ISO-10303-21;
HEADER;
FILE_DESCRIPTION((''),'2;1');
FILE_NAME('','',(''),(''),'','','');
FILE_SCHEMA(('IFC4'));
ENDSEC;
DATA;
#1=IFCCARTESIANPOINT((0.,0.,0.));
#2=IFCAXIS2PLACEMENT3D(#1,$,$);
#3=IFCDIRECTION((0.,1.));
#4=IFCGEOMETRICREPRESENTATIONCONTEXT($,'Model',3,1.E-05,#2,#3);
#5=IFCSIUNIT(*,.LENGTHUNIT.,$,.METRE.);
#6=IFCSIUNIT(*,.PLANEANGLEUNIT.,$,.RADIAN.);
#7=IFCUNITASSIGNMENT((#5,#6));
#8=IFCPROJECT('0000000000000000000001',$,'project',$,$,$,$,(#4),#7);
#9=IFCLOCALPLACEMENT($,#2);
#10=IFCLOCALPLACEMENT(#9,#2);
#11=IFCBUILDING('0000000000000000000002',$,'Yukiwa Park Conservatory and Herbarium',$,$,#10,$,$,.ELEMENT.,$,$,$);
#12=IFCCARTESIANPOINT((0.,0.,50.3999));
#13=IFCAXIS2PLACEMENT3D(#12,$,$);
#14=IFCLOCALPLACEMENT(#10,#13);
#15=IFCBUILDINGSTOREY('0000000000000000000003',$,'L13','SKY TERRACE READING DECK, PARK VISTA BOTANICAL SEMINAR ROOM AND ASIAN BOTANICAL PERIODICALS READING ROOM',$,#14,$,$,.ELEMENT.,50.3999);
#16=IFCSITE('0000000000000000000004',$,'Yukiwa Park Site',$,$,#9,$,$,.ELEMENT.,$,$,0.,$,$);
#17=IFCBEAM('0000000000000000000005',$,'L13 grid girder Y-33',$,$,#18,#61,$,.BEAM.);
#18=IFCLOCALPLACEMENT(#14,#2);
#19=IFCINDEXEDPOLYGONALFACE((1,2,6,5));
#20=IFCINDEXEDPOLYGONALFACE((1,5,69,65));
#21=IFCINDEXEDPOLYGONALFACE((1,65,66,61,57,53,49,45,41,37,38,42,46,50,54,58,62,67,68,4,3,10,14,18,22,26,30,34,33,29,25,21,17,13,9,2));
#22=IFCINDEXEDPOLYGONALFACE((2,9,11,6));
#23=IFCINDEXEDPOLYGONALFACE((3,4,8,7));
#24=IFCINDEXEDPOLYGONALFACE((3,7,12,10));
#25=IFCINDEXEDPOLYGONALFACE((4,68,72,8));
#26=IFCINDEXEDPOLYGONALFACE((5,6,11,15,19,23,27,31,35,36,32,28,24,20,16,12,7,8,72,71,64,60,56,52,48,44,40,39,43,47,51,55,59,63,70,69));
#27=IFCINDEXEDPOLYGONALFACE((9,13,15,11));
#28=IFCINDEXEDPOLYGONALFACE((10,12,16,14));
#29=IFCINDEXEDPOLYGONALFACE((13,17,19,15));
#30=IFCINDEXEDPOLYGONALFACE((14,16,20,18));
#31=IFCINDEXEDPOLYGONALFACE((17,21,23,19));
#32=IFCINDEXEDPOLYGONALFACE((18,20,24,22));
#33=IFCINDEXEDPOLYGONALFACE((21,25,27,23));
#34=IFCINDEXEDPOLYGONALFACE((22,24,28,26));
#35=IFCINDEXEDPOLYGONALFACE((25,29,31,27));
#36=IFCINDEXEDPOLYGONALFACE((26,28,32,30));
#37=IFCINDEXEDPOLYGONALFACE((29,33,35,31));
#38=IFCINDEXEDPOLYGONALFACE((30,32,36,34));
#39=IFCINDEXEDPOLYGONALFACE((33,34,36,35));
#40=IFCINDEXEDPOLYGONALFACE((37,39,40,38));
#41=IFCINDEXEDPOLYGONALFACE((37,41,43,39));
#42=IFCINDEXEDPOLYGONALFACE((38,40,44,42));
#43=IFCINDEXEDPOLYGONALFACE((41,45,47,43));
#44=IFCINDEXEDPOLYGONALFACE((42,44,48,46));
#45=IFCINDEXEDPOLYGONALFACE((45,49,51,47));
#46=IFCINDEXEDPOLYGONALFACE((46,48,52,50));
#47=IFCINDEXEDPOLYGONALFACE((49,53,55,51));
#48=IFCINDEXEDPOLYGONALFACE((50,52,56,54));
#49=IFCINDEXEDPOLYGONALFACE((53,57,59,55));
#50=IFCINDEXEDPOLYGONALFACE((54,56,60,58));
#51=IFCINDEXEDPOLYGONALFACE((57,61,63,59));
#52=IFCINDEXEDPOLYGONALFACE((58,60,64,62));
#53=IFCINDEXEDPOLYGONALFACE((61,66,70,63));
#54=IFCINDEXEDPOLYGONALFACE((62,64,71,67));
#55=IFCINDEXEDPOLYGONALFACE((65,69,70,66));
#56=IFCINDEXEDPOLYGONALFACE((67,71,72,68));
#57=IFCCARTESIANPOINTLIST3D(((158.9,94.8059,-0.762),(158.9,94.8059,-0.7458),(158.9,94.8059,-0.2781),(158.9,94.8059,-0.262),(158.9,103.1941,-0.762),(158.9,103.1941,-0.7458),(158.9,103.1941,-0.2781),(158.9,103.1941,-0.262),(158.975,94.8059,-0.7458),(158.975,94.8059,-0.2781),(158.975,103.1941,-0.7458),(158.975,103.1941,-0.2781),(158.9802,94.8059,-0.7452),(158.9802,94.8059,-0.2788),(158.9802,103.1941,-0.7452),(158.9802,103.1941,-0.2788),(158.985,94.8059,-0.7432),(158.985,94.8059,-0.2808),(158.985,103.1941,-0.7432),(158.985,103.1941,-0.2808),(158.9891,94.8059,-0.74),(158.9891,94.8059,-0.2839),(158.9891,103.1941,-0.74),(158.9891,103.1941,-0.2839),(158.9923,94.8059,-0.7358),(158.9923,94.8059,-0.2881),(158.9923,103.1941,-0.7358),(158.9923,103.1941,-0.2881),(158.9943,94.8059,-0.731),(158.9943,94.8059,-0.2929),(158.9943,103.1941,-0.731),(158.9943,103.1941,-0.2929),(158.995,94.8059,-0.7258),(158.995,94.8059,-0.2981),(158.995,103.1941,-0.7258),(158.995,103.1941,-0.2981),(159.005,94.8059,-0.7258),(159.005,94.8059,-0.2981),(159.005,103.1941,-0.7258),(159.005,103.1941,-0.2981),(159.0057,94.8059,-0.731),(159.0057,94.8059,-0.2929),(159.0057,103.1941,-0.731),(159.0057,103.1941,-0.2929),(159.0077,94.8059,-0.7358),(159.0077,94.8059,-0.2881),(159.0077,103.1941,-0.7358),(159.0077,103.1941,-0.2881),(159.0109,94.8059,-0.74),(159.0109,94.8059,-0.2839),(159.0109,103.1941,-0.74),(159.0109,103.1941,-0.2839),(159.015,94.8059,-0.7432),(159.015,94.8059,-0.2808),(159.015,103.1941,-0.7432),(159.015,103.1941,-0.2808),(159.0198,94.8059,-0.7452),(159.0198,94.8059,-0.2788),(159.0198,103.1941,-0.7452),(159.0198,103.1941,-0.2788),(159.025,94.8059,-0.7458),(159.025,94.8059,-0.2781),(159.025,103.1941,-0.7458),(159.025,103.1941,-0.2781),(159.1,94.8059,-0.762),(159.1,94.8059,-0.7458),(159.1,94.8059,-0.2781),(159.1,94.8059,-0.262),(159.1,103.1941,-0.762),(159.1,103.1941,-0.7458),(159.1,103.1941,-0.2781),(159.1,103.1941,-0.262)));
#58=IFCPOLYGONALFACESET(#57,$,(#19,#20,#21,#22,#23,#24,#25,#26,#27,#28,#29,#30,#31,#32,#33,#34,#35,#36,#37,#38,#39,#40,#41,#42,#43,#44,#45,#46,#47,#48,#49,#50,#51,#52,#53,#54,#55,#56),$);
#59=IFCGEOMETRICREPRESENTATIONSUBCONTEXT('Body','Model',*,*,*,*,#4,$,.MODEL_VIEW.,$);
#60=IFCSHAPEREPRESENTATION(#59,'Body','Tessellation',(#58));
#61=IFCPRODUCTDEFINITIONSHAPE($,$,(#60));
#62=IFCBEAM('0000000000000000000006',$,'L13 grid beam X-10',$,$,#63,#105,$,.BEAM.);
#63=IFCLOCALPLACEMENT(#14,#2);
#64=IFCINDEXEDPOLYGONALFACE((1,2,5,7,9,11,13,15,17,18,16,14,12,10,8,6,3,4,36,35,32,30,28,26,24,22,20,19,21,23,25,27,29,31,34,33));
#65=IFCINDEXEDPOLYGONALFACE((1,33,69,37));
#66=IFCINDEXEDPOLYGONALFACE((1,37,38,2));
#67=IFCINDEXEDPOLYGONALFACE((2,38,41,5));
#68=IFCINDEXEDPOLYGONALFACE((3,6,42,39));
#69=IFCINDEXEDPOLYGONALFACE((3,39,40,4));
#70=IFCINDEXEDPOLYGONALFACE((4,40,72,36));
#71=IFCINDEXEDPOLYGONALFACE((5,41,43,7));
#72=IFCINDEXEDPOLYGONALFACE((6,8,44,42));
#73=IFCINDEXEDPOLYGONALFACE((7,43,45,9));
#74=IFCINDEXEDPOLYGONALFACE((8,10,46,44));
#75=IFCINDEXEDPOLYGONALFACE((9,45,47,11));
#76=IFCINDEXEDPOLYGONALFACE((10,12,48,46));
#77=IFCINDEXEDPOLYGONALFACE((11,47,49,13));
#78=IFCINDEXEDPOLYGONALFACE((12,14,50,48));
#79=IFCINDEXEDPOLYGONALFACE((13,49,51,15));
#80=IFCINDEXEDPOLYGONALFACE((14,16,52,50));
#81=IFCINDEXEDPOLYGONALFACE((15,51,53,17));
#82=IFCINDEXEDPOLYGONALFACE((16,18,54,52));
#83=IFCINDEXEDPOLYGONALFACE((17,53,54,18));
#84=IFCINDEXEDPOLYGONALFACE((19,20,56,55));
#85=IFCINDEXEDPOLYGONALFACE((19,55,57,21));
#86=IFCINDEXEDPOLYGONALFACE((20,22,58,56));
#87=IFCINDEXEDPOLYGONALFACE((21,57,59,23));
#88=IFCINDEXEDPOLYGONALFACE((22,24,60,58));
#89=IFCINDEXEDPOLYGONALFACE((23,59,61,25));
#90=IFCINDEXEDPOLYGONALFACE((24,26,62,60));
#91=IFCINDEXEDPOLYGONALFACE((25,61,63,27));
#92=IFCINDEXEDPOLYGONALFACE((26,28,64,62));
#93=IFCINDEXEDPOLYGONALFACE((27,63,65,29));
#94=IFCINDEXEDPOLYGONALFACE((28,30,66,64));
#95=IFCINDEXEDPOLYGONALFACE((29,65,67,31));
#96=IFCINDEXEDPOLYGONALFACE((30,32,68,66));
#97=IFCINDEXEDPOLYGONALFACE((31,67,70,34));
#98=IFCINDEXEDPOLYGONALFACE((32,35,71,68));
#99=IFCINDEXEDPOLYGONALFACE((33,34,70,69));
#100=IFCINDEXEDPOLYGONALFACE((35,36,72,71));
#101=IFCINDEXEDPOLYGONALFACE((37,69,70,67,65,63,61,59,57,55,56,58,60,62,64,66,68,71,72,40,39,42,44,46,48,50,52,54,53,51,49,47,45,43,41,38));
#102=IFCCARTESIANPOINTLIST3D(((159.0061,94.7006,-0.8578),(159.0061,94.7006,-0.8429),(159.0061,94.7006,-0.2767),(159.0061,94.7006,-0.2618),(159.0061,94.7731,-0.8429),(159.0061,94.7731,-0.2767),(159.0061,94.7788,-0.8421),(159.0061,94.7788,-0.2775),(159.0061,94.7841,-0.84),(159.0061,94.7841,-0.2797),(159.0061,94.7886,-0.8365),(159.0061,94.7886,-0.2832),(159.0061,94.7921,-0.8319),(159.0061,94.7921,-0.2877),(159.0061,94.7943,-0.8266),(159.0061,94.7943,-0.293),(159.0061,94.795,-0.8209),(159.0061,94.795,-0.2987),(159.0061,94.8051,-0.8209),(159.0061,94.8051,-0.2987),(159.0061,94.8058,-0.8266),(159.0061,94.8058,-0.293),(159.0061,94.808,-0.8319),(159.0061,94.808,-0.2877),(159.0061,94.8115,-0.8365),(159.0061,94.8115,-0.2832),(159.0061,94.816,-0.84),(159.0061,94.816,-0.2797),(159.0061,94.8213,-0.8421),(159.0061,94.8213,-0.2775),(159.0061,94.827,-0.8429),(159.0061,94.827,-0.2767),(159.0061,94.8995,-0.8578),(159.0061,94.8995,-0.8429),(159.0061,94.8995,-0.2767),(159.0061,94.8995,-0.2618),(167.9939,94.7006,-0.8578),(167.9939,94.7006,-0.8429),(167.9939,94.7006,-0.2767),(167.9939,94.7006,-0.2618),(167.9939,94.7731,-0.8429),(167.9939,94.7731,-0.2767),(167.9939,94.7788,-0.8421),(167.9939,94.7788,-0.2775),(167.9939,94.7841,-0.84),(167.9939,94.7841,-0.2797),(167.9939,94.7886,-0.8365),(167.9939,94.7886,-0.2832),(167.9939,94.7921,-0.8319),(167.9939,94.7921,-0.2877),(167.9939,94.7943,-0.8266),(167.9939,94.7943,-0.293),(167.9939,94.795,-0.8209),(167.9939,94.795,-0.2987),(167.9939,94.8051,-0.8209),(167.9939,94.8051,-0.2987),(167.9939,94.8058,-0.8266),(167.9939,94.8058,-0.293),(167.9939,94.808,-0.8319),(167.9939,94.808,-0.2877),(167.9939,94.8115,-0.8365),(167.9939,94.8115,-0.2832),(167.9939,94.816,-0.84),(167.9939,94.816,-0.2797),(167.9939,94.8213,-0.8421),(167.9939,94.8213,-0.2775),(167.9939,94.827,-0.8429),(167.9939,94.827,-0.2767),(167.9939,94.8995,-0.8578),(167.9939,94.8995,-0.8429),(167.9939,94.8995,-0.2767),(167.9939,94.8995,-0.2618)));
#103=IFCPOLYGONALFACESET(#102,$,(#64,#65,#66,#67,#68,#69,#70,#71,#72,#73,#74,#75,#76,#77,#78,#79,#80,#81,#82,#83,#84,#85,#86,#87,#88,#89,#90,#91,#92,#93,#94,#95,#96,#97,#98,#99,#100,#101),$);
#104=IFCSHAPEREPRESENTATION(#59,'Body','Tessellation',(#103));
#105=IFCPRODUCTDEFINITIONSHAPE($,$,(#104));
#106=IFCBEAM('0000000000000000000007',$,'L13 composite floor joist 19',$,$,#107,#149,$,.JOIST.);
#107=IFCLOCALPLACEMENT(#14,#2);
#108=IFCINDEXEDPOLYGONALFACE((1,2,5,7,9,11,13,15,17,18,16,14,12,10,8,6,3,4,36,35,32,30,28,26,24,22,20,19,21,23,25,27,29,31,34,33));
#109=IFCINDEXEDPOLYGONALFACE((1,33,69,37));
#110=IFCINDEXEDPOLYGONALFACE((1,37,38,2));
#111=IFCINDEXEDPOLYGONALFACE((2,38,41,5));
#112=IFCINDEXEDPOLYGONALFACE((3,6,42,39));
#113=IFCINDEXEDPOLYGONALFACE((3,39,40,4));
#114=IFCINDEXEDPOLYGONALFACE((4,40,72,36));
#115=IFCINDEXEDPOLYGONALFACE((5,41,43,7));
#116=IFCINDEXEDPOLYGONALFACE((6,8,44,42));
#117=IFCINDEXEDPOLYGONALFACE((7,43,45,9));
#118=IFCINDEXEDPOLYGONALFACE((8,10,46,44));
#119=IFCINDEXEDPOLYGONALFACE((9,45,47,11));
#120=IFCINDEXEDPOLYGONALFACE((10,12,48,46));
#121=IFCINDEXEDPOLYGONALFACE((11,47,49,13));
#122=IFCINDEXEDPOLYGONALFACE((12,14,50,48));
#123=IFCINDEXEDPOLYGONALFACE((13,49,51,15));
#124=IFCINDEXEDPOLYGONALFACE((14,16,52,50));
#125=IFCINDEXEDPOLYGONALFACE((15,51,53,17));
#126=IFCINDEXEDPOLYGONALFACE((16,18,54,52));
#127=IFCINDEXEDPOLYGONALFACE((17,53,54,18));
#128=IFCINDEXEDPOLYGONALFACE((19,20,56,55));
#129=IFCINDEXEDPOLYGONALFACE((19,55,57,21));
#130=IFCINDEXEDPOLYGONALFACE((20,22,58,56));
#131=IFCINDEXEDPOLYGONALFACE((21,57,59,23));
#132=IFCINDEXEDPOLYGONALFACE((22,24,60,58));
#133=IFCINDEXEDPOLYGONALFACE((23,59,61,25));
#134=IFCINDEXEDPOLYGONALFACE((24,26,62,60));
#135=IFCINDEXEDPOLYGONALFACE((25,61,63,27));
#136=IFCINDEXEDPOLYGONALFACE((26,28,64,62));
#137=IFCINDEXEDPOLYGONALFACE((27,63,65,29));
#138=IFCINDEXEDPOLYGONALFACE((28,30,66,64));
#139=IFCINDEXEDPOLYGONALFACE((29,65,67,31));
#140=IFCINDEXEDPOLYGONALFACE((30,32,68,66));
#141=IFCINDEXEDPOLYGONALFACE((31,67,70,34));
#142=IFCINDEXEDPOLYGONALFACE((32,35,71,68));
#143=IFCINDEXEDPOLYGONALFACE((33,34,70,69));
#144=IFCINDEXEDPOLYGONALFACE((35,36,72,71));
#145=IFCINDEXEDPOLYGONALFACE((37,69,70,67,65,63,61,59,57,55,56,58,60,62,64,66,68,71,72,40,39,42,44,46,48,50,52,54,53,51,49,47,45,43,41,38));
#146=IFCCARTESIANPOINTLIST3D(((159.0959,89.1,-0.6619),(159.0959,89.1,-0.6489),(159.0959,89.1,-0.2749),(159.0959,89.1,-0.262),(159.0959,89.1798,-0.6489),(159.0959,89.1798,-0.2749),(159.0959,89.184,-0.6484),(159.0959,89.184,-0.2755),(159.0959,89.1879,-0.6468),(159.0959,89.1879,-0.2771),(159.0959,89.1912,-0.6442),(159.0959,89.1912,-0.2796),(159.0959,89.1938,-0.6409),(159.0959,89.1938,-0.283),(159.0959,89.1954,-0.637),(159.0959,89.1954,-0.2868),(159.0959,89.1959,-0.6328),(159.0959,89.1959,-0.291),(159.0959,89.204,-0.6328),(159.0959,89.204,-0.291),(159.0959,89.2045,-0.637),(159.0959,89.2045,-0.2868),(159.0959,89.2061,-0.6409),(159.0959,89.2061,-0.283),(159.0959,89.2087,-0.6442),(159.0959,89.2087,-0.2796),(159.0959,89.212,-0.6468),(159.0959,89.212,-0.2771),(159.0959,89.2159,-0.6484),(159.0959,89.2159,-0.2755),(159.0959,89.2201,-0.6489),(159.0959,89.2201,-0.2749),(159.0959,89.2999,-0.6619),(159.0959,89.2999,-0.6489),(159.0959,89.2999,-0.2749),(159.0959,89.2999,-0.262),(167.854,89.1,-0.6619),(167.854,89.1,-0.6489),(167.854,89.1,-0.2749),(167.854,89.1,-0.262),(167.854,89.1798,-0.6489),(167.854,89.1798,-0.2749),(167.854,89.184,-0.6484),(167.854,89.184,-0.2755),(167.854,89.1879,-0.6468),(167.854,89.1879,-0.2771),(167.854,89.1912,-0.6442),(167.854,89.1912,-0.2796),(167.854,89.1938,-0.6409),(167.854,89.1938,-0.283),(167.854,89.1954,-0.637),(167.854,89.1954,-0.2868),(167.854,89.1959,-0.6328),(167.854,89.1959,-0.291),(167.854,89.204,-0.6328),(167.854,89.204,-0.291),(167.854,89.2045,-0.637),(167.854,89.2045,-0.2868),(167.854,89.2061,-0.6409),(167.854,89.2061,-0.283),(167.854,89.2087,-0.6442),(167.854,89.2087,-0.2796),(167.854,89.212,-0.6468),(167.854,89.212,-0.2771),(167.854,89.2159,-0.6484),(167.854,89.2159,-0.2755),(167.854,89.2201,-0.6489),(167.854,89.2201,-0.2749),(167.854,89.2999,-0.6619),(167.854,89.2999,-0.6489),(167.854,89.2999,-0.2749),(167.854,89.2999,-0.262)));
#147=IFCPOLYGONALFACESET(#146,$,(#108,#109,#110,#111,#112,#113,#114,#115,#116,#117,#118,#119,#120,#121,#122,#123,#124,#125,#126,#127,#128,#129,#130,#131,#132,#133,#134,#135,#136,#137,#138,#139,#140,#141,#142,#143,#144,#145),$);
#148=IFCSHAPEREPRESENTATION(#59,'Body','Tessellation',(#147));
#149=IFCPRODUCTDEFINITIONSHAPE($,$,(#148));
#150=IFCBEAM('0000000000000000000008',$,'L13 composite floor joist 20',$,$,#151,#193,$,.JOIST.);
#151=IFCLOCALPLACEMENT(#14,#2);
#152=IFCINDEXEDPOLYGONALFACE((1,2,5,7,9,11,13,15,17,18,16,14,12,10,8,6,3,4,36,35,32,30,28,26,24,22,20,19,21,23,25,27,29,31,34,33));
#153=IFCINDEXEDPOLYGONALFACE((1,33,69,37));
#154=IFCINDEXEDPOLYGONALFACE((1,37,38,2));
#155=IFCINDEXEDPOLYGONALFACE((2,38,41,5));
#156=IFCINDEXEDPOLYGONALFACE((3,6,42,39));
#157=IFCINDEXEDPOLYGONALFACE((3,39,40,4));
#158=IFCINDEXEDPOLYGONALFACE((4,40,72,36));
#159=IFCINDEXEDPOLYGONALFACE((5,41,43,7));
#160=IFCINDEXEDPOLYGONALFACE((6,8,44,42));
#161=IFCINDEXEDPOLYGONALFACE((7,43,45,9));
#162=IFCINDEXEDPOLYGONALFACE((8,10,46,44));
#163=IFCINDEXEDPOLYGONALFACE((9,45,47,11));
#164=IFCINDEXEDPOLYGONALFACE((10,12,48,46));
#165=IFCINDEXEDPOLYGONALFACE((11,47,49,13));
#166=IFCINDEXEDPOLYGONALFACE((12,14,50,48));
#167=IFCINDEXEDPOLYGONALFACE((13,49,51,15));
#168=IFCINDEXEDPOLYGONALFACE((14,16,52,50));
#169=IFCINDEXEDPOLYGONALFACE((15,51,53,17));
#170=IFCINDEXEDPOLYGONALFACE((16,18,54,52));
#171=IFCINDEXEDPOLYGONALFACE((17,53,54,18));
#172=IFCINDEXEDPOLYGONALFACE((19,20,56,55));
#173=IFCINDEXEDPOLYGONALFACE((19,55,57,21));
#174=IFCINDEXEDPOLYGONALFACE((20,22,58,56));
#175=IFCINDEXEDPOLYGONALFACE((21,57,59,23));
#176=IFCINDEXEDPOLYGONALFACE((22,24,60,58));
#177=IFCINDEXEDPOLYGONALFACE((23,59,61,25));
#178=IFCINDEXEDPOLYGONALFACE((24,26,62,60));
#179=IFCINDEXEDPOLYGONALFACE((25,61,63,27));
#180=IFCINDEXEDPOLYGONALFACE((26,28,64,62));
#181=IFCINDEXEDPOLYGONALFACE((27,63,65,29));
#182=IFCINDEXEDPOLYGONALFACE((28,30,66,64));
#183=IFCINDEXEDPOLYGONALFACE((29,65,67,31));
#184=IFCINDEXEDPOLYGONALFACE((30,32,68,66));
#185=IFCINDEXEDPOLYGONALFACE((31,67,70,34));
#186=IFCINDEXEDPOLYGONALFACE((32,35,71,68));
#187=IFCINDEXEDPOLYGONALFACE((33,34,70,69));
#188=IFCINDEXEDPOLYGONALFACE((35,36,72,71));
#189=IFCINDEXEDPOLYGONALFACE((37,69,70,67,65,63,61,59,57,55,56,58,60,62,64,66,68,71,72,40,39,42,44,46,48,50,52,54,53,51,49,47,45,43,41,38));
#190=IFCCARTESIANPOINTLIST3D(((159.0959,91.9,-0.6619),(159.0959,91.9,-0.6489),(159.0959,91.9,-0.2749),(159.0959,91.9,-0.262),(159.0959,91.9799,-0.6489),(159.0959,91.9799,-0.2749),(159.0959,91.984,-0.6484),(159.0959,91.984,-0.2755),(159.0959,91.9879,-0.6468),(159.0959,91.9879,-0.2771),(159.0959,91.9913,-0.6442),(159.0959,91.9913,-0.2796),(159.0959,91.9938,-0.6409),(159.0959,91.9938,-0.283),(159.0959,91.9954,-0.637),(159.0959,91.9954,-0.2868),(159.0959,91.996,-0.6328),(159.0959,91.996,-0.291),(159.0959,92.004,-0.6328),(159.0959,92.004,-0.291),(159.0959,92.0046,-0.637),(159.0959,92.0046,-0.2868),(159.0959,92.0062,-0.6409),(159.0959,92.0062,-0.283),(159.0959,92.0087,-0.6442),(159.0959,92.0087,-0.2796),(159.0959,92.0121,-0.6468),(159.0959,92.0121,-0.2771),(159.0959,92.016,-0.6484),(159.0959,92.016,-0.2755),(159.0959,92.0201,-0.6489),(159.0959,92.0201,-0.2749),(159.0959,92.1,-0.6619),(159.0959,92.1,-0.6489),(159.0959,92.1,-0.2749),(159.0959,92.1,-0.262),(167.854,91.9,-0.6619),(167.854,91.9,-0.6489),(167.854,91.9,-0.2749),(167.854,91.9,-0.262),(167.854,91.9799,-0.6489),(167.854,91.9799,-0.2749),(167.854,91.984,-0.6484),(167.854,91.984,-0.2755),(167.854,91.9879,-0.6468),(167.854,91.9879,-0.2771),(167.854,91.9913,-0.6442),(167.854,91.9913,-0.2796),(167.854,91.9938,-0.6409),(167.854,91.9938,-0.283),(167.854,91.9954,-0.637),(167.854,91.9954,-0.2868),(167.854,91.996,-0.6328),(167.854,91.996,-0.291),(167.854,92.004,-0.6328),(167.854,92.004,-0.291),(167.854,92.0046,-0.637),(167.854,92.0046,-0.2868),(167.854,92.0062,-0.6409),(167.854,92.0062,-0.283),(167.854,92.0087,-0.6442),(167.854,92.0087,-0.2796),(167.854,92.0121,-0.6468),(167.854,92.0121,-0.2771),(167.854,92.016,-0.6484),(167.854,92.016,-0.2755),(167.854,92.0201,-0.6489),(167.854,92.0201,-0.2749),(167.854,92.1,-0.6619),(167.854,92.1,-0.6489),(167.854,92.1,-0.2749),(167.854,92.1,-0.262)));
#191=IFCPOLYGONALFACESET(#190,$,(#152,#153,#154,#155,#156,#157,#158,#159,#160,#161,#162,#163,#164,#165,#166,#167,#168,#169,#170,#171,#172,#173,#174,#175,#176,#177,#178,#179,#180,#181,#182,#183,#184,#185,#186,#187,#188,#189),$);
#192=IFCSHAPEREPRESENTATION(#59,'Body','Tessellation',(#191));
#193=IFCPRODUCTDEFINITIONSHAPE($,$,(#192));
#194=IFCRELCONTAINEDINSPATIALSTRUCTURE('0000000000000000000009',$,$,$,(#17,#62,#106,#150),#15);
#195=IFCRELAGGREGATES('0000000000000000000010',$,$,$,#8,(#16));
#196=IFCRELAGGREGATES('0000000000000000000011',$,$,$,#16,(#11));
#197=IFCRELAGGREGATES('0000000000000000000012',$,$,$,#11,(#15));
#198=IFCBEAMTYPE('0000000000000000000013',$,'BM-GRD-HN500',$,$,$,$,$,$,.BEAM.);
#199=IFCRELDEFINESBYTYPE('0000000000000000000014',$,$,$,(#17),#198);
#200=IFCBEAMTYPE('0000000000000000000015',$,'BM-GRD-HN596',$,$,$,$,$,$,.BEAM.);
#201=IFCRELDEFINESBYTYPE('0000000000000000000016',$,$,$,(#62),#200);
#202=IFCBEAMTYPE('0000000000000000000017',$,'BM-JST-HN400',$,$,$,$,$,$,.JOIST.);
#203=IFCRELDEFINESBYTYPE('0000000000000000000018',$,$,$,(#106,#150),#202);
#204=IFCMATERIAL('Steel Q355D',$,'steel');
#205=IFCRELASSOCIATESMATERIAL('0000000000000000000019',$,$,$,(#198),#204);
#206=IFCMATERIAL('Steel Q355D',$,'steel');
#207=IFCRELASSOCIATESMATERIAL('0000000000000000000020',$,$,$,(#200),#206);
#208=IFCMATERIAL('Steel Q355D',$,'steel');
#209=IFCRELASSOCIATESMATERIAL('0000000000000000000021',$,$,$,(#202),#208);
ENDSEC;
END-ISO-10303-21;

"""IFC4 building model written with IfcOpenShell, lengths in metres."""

from ifc_helpers import new_model, si_unit, direction, frame, origin, origin_2d, place, context, subcontext, project, spatial, i_section, extrude, material, material_profile, profile_set, type_object, element, save


model = new_model("IFC4")

# Units and contexts
model_context = context("Model", 3, precision=1e-05, world=origin(), true_north=direction((0.0, 1.0)))
body_context = subcontext(model_context, "Body", "Model", "MODEL_VIEW")
ifc_project = project(units=[si_unit("LENGTHUNIT", "METRE"), si_unit("PLANEANGLEUNIT", "RADIAN")], contexts=[model_context])

# Site, building, storey
site_placement = place(None, origin())
site = spatial("IfcSite", under=ifc_project, at=site_placement, Name="Yukiwa Park Site", CompositionType="ELEMENT", RefElevation=0.0)
building_placement = place(site_placement, origin())
building = spatial("IfcBuilding", under=site, at=building_placement, Name="Yukiwa Park Conservatory and Herbarium", CompositionType="ELEMENT")
storey_placement = place(building_placement, frame((0.0, 0.0, 50.3999)))
storey = spatial("IfcBuildingStorey", under=building, at=storey_placement, Name="L13", Description="SKY TERRACE READING DECK, PARK VISTA BOTANICAL SEMINAR ROOM AND ASIAN BOTANICAL PERIODICALS READING ROOM", CompositionType="ELEMENT", Elevation=50.3999)

# Beams
ifc_material_1 = material(Name="Steel Q355D", Category="steel")
ifc_material_profile_1 = material_profile(ifc_material_1, i_section(OverallWidth=0.2, OverallDepth=0.5, WebThickness=0.01, FlangeThickness=0.0161, FilletRadius=0.02, at=origin_2d()), Name="HN 500x200x10x16")
ifc_profile_set_1 = profile_set([ifc_material_profile_1], Name="Steel Q355D")
beam_type_1 = type_object("IfcBeamType", Name="BM-GRD-HN500", PredefinedType="BEAM", material=ifc_profile_set_1)
beam_1_placement = place(storey_placement, frame((159.0, 94.8059, -0.512), z_axis=(0.0, 1.0, 0.0), x_axis=(-1.0, 0.0, 0.0)))
element("IfcBeam", 1, at=beam_1_placement, inside=storey, type_object=beam_type_1, Name="L13 grid girder Y-33", PredefinedType="BEAM", context=body_context, shape_type="SweptSolid", body=[
    extrude(i_section(OverallWidth=0.2, OverallDepth=0.5, WebThickness=0.01, FlangeThickness=0.0161, FilletRadius=0.02, at=origin_2d()), origin(), (0.0, 0.0, 1.0), 8.3882),
])
ifc_material_2 = material(Name="Steel Q355D", Category="steel")
ifc_material_profile_2 = material_profile(ifc_material_2, i_section(OverallWidth=0.199, OverallDepth=0.5959, WebThickness=0.01, FlangeThickness=0.0149, FilletRadius=0.022, at=origin_2d()), Name="HN 596x199x10x15")
ifc_profile_set_2 = profile_set([ifc_material_profile_2], Name="Steel Q355D")
beam_type_2 = type_object("IfcBeamType", Name="BM-GRD-HN596", PredefinedType="BEAM", material=ifc_profile_set_2)
beam_2_placement = place(storey_placement, frame((159.0061, 94.8, -0.5598), z_axis=(1.0, 0.0, 0.0), x_axis=(0.0, 1.0, 0.0)))
element("IfcBeam", 2, at=beam_2_placement, inside=storey, type_object=beam_type_2, Name="L13 grid beam X-10", PredefinedType="BEAM", context=body_context, shape_type="SweptSolid", body=[
    extrude(i_section(OverallWidth=0.199, OverallDepth=0.5959, WebThickness=0.01, FlangeThickness=0.0149, FilletRadius=0.022, at=origin_2d()), origin(), (0.0, 0.0, 1.0), 8.9878),
])
ifc_material_3 = material(Name="Steel Q355D", Category="steel")
ifc_material_profile_3 = material_profile(ifc_material_3, i_section(OverallWidth=0.2, OverallDepth=0.3999, WebThickness=0.0081, FlangeThickness=0.0129, FilletRadius=0.0161, at=origin_2d()), Name="HN 400x200x8x13")
ifc_profile_set_3 = profile_set([ifc_material_profile_3], Name="Steel Q355D")
beam_type_3 = type_object("IfcBeamType", Name="BM-JST-HN400", PredefinedType="JOIST", material=ifc_profile_set_3)
for number, where, z_axis, x_axis, name in (
    (3, (159.0959, 89.2, -0.4619), (1.0, 0.0, 0.0), (0.0, 1.0, 0.0), "L13 composite floor joist 19"),
    (4, (159.0959, 92.0, -0.4619), (1.0, 0.0, 0.0), (0.0, 1.0, 0.0), "L13 composite floor joist 20"),
):
    element("IfcBeam", number, at=place(storey_placement, frame(where, z_axis=z_axis, x_axis=x_axis)), inside=storey, type_object=beam_type_3, Name=name, PredefinedType="JOIST", context=body_context, shape_type="SweptSolid", body=[
        extrude(i_section(OverallWidth=0.2, OverallDepth=0.3999, WebThickness=0.0081, FlangeThickness=0.0129, FilletRadius=0.0161, at=origin_2d()), origin(), (0.0, 0.0, 1.0), 8.7581),
    ])

save(model, "model.ifc")
